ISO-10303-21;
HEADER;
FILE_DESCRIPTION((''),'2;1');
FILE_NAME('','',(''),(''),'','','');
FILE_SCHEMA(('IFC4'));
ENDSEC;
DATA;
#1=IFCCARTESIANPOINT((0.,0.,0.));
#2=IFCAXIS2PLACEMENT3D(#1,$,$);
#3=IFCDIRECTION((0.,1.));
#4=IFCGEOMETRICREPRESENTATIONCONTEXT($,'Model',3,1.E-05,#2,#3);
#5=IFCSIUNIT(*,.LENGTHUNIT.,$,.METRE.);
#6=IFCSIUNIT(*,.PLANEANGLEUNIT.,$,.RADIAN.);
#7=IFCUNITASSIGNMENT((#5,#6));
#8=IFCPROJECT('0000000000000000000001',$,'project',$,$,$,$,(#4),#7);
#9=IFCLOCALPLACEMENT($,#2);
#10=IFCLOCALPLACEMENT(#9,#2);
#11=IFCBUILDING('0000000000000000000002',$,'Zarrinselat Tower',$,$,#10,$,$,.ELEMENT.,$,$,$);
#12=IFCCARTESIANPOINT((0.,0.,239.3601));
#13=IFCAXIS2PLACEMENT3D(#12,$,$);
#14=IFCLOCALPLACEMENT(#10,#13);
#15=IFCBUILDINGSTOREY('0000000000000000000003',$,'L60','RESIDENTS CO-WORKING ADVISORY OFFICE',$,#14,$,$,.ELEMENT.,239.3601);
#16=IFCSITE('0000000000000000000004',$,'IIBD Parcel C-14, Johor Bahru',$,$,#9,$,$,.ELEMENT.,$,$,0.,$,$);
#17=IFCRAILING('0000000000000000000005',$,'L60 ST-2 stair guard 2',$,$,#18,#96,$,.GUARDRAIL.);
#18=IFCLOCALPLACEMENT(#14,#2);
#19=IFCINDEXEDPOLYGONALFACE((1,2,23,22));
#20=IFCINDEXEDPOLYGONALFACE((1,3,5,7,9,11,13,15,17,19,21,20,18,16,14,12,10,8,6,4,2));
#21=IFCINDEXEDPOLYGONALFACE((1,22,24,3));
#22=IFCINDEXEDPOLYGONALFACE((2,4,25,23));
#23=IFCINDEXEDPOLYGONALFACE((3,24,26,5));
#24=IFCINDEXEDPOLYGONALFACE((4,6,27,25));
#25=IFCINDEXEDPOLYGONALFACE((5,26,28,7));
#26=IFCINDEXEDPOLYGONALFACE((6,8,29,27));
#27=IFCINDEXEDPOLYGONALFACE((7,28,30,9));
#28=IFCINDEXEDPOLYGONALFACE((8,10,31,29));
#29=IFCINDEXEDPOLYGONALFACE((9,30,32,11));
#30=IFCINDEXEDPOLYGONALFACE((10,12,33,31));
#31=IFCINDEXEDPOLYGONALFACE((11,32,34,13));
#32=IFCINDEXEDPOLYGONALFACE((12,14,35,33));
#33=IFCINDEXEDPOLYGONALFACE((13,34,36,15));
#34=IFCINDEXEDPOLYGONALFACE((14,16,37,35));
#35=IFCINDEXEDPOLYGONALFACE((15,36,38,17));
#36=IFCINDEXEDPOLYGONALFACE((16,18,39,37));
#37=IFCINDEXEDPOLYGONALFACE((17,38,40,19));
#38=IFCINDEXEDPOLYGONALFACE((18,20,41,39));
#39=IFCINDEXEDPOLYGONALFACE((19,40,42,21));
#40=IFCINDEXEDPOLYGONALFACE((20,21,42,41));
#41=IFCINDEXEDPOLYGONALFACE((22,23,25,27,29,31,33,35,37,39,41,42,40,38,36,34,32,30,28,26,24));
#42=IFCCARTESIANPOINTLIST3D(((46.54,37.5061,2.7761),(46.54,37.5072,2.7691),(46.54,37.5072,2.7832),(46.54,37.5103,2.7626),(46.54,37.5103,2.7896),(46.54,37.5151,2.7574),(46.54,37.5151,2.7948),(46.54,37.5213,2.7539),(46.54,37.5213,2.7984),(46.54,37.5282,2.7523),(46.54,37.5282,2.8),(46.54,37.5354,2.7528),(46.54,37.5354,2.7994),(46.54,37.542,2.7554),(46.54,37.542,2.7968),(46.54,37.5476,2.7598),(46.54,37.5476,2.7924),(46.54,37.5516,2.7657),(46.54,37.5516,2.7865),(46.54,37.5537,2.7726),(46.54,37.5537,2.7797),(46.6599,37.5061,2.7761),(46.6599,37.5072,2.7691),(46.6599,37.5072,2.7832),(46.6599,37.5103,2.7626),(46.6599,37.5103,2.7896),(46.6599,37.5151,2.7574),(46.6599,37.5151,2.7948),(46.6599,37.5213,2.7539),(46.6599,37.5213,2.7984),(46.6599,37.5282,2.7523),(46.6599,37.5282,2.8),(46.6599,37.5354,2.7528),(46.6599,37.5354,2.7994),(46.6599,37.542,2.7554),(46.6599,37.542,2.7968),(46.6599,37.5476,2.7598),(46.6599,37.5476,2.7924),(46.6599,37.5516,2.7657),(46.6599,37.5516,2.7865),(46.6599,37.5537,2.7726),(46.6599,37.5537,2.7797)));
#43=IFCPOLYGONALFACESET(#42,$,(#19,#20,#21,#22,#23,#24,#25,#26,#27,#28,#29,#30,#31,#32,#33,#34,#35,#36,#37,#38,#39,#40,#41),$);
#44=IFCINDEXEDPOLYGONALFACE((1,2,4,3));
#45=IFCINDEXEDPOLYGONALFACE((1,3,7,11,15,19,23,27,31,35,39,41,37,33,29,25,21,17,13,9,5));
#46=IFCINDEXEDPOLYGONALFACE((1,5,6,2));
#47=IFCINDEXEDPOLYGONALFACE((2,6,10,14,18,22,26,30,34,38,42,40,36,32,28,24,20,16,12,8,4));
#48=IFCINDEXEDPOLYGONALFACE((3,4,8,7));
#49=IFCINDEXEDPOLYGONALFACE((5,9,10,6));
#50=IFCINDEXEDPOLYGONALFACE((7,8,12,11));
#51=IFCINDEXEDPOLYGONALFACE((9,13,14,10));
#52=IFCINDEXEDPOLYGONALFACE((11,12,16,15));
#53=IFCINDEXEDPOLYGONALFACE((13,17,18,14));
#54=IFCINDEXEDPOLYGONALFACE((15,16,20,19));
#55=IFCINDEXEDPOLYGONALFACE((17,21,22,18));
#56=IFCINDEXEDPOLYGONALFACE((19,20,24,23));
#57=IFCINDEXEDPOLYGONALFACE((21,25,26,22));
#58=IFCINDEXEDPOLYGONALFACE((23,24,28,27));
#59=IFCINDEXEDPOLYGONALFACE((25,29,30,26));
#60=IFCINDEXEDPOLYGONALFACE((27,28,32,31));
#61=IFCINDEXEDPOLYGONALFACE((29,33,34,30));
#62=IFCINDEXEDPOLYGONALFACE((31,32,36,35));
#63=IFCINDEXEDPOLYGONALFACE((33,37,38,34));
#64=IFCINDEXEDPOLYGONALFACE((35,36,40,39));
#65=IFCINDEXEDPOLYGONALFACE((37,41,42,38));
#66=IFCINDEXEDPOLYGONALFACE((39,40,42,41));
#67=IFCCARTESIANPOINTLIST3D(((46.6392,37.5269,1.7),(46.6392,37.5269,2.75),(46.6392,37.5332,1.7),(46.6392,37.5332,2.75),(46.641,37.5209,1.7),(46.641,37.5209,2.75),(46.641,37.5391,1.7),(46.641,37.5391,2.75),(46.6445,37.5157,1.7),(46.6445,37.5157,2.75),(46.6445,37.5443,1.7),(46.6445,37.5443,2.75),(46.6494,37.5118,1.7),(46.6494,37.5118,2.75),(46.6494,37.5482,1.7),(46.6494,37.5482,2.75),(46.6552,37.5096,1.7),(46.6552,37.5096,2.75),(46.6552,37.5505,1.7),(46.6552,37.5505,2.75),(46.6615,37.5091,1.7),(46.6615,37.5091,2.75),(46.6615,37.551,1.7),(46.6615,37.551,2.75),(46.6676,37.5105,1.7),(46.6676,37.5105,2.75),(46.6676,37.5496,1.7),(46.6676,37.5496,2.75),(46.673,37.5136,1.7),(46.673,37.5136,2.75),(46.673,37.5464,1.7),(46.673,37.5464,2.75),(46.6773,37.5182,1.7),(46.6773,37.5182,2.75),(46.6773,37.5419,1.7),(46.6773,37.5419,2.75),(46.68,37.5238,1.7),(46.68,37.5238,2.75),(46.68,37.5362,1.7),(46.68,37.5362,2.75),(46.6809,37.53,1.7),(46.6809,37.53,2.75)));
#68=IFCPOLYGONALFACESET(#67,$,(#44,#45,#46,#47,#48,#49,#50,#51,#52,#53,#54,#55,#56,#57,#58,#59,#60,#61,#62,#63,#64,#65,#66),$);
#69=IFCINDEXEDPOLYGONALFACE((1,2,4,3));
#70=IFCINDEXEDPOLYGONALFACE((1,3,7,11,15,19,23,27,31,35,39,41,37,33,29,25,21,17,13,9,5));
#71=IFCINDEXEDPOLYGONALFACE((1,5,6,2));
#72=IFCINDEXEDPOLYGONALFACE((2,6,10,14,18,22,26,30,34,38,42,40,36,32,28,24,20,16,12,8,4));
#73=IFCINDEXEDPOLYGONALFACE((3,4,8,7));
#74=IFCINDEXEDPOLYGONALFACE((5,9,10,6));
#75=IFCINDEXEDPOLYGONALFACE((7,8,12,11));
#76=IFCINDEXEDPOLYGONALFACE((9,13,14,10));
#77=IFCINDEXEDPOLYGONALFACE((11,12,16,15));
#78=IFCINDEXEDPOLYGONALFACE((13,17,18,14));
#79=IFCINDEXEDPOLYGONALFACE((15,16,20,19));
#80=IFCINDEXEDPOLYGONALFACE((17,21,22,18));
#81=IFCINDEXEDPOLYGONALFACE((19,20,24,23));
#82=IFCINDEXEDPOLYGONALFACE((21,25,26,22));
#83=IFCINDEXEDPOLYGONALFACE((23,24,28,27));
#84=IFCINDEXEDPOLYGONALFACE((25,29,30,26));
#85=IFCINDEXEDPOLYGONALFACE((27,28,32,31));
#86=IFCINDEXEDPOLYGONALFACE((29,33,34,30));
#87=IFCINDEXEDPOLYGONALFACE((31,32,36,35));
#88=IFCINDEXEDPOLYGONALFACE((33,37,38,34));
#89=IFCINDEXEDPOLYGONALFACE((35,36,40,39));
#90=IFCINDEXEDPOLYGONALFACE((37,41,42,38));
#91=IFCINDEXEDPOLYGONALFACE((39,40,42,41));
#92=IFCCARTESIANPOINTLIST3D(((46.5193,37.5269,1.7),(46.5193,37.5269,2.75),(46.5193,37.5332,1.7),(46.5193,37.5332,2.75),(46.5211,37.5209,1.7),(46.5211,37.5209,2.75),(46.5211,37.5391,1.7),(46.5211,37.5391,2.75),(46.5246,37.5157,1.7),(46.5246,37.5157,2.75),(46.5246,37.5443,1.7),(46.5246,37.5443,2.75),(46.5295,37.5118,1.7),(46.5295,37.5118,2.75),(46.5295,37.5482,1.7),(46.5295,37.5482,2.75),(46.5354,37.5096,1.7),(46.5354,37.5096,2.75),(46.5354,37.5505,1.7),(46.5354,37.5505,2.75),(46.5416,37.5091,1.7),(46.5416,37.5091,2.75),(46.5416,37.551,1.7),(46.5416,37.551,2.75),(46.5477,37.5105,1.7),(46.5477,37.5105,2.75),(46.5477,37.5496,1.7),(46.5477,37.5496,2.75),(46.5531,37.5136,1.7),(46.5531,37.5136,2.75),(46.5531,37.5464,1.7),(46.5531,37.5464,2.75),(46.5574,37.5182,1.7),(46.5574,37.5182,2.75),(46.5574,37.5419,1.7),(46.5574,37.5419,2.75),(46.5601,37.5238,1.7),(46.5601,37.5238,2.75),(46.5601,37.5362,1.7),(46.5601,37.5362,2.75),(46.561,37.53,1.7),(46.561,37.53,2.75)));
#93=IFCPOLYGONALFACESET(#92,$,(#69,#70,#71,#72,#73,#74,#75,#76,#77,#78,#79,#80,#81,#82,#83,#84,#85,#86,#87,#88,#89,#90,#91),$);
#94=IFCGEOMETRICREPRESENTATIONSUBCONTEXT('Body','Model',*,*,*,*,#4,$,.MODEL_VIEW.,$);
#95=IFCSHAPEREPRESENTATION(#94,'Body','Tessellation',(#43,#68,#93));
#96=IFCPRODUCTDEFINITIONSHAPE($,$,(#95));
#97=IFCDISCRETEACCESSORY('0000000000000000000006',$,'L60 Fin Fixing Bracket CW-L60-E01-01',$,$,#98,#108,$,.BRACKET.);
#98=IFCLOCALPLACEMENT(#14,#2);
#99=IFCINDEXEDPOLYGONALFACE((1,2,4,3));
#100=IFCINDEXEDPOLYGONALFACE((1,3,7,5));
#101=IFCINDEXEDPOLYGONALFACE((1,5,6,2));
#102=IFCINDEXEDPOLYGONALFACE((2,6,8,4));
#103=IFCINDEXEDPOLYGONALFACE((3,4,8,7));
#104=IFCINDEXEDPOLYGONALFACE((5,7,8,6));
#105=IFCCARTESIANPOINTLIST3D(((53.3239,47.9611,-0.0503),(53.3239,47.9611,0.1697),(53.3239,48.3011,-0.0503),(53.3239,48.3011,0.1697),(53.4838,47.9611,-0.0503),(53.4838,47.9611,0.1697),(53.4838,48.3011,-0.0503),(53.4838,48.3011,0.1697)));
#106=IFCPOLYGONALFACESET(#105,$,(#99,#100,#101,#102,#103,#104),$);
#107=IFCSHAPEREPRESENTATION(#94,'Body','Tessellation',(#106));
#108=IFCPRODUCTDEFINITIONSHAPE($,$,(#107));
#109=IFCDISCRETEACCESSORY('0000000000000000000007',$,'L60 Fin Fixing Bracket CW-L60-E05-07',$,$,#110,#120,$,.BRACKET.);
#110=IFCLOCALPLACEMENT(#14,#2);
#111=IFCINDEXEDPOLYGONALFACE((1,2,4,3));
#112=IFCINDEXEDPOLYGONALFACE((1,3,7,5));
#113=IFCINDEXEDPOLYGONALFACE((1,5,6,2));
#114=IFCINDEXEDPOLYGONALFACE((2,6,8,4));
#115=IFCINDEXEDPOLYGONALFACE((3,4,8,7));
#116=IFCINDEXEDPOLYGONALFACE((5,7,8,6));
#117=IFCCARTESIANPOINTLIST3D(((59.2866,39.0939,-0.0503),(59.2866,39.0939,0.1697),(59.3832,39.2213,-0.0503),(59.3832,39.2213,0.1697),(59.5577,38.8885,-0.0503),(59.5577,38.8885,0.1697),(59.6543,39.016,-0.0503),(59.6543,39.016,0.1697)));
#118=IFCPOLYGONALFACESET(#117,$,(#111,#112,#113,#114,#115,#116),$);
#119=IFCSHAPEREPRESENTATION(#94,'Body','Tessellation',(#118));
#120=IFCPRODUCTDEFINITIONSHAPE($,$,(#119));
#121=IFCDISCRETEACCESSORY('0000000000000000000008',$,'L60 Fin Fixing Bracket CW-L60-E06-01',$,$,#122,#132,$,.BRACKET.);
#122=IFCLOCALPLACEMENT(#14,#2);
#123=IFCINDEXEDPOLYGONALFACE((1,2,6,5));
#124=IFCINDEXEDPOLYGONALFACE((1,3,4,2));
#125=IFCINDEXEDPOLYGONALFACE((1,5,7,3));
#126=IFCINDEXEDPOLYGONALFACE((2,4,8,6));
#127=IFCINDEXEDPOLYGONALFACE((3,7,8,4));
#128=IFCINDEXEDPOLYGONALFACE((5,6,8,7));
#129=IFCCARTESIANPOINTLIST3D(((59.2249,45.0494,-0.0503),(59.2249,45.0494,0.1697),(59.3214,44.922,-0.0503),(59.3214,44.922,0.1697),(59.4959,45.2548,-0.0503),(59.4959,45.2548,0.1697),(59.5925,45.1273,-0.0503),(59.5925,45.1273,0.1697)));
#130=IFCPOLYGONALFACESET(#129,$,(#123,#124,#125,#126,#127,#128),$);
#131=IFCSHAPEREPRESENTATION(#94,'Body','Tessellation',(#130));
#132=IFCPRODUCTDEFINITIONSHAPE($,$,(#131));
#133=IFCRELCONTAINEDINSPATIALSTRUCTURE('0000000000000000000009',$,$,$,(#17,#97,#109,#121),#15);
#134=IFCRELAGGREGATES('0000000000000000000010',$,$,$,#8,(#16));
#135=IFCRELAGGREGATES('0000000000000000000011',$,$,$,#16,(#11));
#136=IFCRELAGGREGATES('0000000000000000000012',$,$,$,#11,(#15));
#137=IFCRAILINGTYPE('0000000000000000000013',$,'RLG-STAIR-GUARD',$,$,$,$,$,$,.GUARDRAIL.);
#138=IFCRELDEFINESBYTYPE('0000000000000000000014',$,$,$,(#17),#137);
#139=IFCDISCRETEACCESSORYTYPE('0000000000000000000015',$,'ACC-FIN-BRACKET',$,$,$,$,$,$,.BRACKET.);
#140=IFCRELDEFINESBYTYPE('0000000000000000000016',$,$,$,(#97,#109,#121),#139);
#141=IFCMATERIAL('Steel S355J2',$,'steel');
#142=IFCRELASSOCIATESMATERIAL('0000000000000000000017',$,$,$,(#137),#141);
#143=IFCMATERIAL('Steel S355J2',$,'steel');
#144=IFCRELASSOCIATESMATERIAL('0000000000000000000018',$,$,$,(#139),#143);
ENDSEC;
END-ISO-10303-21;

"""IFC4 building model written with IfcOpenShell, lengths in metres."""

from ifc_helpers import new_model, si_unit, direction, frame, origin, origin_2d, place, context, subcontext, project, spatial, rectangle, circle, extrude, material, type_object, element, save


model = new_model("IFC4")

# Units and contexts
model_context = context("Model", 3, precision=1e-05, world=origin(), true_north=direction((0.0, 1.0)))
body_context = subcontext(model_context, "Body", "Model", "MODEL_VIEW")
ifc_project = project(units=[si_unit("LENGTHUNIT", "METRE"), si_unit("PLANEANGLEUNIT", "RADIAN")], contexts=[model_context])

# Site, building, storey
site_placement = place(None, origin())
site = spatial("IfcSite", under=ifc_project, at=site_placement, Name="IIBD Parcel C-14, Johor Bahru", CompositionType="ELEMENT", RefElevation=0.0)
building_placement = place(site_placement, origin())
building = spatial("IfcBuilding", under=site, at=building_placement, Name="Zarrinselat Tower", CompositionType="ELEMENT")
storey_placement = place(building_placement, frame((0.0, 0.0, 239.3601)))
storey = spatial("IfcBuildingStorey", under=building, at=storey_placement, Name="L60", Description="RESIDENTS CO-WORKING ADVISORY OFFICE", CompositionType="ELEMENT", Elevation=239.3601)

# Railing
ifc_material_1 = material(Name="Steel S355J2", Category="steel")
railing_type = type_object("IfcRailingType", Name="RLG-STAIR-GUARD", PredefinedType="GUARDRAIL", material=ifc_material_1)
railing_placement = place(storey_placement, frame((46.6599, 37.53, 1.7)))
element("IfcRailing", 1, at=railing_placement, inside=storey, type_object=railing_type, Name="L60 ST-2 stair guard 2", PredefinedType="GUARDRAIL", context=body_context, shape_type="SweptSolid", body=[
    extrude(circle(Radius=0.0239, at=origin_2d()), frame((0.0, 0.0, 1.0762), z_axis=(-1.0, 0.0, 0.0), x_axis=(0.0, -1.0, 0.0)), (0.0, 0.0, 1.0), 0.1199),
    extrude(circle(Radius=0.021, at=origin_2d()), origin(), (0.0, 0.0, 1.0), 1.05),
    extrude(circle(Radius=0.021, at=origin_2d()), frame((-0.1199, 0.0, 0.0)), (0.0, 0.0, 1.0), 1.05),
])

# Discrete accessories
ifc_material_2 = material(Name="Steel S355J2", Category="steel")
discrete_accessory_type = type_object("IfcDiscreteAccessoryType", Name="ACC-FIN-BRACKET", PredefinedType="BRACKET", material=ifc_material_2)
for number, where, z_axis, x_axis, name in (
    (2, (53.4038, 48.1311, -0.0503), (0.0, 0.0, 1.0), (0.0, 1.0, 0.0), "L60 Fin Fixing Bracket CW-L60-E01-01"),
    (3, (59.4705, 39.0549, -0.0503), (0.0, 0.0, 1.0), (0.797092, -0.603858, 0.0), "L60 Fin Fixing Bracket CW-L60-E05-07"),
    (4, (59.4087, 45.0884, -0.0503), (0.0, 0.0, 1.0), (0.797086, 0.603865, 0.0), "L60 Fin Fixing Bracket CW-L60-E06-01"),
):
    element("IfcDiscreteAccessory", number, at=place(storey_placement, frame(where, z_axis=z_axis, x_axis=x_axis)), inside=storey, type_object=discrete_accessory_type, Name=name, PredefinedType="BRACKET", context=body_context, shape_type="SweptSolid", body=[
        extrude(rectangle(XDim=0.3401, YDim=0.1599, at=origin_2d()), origin(), (0.0, 0.0, 1.0), 0.22),
    ])

save(model, "model.ifc")
